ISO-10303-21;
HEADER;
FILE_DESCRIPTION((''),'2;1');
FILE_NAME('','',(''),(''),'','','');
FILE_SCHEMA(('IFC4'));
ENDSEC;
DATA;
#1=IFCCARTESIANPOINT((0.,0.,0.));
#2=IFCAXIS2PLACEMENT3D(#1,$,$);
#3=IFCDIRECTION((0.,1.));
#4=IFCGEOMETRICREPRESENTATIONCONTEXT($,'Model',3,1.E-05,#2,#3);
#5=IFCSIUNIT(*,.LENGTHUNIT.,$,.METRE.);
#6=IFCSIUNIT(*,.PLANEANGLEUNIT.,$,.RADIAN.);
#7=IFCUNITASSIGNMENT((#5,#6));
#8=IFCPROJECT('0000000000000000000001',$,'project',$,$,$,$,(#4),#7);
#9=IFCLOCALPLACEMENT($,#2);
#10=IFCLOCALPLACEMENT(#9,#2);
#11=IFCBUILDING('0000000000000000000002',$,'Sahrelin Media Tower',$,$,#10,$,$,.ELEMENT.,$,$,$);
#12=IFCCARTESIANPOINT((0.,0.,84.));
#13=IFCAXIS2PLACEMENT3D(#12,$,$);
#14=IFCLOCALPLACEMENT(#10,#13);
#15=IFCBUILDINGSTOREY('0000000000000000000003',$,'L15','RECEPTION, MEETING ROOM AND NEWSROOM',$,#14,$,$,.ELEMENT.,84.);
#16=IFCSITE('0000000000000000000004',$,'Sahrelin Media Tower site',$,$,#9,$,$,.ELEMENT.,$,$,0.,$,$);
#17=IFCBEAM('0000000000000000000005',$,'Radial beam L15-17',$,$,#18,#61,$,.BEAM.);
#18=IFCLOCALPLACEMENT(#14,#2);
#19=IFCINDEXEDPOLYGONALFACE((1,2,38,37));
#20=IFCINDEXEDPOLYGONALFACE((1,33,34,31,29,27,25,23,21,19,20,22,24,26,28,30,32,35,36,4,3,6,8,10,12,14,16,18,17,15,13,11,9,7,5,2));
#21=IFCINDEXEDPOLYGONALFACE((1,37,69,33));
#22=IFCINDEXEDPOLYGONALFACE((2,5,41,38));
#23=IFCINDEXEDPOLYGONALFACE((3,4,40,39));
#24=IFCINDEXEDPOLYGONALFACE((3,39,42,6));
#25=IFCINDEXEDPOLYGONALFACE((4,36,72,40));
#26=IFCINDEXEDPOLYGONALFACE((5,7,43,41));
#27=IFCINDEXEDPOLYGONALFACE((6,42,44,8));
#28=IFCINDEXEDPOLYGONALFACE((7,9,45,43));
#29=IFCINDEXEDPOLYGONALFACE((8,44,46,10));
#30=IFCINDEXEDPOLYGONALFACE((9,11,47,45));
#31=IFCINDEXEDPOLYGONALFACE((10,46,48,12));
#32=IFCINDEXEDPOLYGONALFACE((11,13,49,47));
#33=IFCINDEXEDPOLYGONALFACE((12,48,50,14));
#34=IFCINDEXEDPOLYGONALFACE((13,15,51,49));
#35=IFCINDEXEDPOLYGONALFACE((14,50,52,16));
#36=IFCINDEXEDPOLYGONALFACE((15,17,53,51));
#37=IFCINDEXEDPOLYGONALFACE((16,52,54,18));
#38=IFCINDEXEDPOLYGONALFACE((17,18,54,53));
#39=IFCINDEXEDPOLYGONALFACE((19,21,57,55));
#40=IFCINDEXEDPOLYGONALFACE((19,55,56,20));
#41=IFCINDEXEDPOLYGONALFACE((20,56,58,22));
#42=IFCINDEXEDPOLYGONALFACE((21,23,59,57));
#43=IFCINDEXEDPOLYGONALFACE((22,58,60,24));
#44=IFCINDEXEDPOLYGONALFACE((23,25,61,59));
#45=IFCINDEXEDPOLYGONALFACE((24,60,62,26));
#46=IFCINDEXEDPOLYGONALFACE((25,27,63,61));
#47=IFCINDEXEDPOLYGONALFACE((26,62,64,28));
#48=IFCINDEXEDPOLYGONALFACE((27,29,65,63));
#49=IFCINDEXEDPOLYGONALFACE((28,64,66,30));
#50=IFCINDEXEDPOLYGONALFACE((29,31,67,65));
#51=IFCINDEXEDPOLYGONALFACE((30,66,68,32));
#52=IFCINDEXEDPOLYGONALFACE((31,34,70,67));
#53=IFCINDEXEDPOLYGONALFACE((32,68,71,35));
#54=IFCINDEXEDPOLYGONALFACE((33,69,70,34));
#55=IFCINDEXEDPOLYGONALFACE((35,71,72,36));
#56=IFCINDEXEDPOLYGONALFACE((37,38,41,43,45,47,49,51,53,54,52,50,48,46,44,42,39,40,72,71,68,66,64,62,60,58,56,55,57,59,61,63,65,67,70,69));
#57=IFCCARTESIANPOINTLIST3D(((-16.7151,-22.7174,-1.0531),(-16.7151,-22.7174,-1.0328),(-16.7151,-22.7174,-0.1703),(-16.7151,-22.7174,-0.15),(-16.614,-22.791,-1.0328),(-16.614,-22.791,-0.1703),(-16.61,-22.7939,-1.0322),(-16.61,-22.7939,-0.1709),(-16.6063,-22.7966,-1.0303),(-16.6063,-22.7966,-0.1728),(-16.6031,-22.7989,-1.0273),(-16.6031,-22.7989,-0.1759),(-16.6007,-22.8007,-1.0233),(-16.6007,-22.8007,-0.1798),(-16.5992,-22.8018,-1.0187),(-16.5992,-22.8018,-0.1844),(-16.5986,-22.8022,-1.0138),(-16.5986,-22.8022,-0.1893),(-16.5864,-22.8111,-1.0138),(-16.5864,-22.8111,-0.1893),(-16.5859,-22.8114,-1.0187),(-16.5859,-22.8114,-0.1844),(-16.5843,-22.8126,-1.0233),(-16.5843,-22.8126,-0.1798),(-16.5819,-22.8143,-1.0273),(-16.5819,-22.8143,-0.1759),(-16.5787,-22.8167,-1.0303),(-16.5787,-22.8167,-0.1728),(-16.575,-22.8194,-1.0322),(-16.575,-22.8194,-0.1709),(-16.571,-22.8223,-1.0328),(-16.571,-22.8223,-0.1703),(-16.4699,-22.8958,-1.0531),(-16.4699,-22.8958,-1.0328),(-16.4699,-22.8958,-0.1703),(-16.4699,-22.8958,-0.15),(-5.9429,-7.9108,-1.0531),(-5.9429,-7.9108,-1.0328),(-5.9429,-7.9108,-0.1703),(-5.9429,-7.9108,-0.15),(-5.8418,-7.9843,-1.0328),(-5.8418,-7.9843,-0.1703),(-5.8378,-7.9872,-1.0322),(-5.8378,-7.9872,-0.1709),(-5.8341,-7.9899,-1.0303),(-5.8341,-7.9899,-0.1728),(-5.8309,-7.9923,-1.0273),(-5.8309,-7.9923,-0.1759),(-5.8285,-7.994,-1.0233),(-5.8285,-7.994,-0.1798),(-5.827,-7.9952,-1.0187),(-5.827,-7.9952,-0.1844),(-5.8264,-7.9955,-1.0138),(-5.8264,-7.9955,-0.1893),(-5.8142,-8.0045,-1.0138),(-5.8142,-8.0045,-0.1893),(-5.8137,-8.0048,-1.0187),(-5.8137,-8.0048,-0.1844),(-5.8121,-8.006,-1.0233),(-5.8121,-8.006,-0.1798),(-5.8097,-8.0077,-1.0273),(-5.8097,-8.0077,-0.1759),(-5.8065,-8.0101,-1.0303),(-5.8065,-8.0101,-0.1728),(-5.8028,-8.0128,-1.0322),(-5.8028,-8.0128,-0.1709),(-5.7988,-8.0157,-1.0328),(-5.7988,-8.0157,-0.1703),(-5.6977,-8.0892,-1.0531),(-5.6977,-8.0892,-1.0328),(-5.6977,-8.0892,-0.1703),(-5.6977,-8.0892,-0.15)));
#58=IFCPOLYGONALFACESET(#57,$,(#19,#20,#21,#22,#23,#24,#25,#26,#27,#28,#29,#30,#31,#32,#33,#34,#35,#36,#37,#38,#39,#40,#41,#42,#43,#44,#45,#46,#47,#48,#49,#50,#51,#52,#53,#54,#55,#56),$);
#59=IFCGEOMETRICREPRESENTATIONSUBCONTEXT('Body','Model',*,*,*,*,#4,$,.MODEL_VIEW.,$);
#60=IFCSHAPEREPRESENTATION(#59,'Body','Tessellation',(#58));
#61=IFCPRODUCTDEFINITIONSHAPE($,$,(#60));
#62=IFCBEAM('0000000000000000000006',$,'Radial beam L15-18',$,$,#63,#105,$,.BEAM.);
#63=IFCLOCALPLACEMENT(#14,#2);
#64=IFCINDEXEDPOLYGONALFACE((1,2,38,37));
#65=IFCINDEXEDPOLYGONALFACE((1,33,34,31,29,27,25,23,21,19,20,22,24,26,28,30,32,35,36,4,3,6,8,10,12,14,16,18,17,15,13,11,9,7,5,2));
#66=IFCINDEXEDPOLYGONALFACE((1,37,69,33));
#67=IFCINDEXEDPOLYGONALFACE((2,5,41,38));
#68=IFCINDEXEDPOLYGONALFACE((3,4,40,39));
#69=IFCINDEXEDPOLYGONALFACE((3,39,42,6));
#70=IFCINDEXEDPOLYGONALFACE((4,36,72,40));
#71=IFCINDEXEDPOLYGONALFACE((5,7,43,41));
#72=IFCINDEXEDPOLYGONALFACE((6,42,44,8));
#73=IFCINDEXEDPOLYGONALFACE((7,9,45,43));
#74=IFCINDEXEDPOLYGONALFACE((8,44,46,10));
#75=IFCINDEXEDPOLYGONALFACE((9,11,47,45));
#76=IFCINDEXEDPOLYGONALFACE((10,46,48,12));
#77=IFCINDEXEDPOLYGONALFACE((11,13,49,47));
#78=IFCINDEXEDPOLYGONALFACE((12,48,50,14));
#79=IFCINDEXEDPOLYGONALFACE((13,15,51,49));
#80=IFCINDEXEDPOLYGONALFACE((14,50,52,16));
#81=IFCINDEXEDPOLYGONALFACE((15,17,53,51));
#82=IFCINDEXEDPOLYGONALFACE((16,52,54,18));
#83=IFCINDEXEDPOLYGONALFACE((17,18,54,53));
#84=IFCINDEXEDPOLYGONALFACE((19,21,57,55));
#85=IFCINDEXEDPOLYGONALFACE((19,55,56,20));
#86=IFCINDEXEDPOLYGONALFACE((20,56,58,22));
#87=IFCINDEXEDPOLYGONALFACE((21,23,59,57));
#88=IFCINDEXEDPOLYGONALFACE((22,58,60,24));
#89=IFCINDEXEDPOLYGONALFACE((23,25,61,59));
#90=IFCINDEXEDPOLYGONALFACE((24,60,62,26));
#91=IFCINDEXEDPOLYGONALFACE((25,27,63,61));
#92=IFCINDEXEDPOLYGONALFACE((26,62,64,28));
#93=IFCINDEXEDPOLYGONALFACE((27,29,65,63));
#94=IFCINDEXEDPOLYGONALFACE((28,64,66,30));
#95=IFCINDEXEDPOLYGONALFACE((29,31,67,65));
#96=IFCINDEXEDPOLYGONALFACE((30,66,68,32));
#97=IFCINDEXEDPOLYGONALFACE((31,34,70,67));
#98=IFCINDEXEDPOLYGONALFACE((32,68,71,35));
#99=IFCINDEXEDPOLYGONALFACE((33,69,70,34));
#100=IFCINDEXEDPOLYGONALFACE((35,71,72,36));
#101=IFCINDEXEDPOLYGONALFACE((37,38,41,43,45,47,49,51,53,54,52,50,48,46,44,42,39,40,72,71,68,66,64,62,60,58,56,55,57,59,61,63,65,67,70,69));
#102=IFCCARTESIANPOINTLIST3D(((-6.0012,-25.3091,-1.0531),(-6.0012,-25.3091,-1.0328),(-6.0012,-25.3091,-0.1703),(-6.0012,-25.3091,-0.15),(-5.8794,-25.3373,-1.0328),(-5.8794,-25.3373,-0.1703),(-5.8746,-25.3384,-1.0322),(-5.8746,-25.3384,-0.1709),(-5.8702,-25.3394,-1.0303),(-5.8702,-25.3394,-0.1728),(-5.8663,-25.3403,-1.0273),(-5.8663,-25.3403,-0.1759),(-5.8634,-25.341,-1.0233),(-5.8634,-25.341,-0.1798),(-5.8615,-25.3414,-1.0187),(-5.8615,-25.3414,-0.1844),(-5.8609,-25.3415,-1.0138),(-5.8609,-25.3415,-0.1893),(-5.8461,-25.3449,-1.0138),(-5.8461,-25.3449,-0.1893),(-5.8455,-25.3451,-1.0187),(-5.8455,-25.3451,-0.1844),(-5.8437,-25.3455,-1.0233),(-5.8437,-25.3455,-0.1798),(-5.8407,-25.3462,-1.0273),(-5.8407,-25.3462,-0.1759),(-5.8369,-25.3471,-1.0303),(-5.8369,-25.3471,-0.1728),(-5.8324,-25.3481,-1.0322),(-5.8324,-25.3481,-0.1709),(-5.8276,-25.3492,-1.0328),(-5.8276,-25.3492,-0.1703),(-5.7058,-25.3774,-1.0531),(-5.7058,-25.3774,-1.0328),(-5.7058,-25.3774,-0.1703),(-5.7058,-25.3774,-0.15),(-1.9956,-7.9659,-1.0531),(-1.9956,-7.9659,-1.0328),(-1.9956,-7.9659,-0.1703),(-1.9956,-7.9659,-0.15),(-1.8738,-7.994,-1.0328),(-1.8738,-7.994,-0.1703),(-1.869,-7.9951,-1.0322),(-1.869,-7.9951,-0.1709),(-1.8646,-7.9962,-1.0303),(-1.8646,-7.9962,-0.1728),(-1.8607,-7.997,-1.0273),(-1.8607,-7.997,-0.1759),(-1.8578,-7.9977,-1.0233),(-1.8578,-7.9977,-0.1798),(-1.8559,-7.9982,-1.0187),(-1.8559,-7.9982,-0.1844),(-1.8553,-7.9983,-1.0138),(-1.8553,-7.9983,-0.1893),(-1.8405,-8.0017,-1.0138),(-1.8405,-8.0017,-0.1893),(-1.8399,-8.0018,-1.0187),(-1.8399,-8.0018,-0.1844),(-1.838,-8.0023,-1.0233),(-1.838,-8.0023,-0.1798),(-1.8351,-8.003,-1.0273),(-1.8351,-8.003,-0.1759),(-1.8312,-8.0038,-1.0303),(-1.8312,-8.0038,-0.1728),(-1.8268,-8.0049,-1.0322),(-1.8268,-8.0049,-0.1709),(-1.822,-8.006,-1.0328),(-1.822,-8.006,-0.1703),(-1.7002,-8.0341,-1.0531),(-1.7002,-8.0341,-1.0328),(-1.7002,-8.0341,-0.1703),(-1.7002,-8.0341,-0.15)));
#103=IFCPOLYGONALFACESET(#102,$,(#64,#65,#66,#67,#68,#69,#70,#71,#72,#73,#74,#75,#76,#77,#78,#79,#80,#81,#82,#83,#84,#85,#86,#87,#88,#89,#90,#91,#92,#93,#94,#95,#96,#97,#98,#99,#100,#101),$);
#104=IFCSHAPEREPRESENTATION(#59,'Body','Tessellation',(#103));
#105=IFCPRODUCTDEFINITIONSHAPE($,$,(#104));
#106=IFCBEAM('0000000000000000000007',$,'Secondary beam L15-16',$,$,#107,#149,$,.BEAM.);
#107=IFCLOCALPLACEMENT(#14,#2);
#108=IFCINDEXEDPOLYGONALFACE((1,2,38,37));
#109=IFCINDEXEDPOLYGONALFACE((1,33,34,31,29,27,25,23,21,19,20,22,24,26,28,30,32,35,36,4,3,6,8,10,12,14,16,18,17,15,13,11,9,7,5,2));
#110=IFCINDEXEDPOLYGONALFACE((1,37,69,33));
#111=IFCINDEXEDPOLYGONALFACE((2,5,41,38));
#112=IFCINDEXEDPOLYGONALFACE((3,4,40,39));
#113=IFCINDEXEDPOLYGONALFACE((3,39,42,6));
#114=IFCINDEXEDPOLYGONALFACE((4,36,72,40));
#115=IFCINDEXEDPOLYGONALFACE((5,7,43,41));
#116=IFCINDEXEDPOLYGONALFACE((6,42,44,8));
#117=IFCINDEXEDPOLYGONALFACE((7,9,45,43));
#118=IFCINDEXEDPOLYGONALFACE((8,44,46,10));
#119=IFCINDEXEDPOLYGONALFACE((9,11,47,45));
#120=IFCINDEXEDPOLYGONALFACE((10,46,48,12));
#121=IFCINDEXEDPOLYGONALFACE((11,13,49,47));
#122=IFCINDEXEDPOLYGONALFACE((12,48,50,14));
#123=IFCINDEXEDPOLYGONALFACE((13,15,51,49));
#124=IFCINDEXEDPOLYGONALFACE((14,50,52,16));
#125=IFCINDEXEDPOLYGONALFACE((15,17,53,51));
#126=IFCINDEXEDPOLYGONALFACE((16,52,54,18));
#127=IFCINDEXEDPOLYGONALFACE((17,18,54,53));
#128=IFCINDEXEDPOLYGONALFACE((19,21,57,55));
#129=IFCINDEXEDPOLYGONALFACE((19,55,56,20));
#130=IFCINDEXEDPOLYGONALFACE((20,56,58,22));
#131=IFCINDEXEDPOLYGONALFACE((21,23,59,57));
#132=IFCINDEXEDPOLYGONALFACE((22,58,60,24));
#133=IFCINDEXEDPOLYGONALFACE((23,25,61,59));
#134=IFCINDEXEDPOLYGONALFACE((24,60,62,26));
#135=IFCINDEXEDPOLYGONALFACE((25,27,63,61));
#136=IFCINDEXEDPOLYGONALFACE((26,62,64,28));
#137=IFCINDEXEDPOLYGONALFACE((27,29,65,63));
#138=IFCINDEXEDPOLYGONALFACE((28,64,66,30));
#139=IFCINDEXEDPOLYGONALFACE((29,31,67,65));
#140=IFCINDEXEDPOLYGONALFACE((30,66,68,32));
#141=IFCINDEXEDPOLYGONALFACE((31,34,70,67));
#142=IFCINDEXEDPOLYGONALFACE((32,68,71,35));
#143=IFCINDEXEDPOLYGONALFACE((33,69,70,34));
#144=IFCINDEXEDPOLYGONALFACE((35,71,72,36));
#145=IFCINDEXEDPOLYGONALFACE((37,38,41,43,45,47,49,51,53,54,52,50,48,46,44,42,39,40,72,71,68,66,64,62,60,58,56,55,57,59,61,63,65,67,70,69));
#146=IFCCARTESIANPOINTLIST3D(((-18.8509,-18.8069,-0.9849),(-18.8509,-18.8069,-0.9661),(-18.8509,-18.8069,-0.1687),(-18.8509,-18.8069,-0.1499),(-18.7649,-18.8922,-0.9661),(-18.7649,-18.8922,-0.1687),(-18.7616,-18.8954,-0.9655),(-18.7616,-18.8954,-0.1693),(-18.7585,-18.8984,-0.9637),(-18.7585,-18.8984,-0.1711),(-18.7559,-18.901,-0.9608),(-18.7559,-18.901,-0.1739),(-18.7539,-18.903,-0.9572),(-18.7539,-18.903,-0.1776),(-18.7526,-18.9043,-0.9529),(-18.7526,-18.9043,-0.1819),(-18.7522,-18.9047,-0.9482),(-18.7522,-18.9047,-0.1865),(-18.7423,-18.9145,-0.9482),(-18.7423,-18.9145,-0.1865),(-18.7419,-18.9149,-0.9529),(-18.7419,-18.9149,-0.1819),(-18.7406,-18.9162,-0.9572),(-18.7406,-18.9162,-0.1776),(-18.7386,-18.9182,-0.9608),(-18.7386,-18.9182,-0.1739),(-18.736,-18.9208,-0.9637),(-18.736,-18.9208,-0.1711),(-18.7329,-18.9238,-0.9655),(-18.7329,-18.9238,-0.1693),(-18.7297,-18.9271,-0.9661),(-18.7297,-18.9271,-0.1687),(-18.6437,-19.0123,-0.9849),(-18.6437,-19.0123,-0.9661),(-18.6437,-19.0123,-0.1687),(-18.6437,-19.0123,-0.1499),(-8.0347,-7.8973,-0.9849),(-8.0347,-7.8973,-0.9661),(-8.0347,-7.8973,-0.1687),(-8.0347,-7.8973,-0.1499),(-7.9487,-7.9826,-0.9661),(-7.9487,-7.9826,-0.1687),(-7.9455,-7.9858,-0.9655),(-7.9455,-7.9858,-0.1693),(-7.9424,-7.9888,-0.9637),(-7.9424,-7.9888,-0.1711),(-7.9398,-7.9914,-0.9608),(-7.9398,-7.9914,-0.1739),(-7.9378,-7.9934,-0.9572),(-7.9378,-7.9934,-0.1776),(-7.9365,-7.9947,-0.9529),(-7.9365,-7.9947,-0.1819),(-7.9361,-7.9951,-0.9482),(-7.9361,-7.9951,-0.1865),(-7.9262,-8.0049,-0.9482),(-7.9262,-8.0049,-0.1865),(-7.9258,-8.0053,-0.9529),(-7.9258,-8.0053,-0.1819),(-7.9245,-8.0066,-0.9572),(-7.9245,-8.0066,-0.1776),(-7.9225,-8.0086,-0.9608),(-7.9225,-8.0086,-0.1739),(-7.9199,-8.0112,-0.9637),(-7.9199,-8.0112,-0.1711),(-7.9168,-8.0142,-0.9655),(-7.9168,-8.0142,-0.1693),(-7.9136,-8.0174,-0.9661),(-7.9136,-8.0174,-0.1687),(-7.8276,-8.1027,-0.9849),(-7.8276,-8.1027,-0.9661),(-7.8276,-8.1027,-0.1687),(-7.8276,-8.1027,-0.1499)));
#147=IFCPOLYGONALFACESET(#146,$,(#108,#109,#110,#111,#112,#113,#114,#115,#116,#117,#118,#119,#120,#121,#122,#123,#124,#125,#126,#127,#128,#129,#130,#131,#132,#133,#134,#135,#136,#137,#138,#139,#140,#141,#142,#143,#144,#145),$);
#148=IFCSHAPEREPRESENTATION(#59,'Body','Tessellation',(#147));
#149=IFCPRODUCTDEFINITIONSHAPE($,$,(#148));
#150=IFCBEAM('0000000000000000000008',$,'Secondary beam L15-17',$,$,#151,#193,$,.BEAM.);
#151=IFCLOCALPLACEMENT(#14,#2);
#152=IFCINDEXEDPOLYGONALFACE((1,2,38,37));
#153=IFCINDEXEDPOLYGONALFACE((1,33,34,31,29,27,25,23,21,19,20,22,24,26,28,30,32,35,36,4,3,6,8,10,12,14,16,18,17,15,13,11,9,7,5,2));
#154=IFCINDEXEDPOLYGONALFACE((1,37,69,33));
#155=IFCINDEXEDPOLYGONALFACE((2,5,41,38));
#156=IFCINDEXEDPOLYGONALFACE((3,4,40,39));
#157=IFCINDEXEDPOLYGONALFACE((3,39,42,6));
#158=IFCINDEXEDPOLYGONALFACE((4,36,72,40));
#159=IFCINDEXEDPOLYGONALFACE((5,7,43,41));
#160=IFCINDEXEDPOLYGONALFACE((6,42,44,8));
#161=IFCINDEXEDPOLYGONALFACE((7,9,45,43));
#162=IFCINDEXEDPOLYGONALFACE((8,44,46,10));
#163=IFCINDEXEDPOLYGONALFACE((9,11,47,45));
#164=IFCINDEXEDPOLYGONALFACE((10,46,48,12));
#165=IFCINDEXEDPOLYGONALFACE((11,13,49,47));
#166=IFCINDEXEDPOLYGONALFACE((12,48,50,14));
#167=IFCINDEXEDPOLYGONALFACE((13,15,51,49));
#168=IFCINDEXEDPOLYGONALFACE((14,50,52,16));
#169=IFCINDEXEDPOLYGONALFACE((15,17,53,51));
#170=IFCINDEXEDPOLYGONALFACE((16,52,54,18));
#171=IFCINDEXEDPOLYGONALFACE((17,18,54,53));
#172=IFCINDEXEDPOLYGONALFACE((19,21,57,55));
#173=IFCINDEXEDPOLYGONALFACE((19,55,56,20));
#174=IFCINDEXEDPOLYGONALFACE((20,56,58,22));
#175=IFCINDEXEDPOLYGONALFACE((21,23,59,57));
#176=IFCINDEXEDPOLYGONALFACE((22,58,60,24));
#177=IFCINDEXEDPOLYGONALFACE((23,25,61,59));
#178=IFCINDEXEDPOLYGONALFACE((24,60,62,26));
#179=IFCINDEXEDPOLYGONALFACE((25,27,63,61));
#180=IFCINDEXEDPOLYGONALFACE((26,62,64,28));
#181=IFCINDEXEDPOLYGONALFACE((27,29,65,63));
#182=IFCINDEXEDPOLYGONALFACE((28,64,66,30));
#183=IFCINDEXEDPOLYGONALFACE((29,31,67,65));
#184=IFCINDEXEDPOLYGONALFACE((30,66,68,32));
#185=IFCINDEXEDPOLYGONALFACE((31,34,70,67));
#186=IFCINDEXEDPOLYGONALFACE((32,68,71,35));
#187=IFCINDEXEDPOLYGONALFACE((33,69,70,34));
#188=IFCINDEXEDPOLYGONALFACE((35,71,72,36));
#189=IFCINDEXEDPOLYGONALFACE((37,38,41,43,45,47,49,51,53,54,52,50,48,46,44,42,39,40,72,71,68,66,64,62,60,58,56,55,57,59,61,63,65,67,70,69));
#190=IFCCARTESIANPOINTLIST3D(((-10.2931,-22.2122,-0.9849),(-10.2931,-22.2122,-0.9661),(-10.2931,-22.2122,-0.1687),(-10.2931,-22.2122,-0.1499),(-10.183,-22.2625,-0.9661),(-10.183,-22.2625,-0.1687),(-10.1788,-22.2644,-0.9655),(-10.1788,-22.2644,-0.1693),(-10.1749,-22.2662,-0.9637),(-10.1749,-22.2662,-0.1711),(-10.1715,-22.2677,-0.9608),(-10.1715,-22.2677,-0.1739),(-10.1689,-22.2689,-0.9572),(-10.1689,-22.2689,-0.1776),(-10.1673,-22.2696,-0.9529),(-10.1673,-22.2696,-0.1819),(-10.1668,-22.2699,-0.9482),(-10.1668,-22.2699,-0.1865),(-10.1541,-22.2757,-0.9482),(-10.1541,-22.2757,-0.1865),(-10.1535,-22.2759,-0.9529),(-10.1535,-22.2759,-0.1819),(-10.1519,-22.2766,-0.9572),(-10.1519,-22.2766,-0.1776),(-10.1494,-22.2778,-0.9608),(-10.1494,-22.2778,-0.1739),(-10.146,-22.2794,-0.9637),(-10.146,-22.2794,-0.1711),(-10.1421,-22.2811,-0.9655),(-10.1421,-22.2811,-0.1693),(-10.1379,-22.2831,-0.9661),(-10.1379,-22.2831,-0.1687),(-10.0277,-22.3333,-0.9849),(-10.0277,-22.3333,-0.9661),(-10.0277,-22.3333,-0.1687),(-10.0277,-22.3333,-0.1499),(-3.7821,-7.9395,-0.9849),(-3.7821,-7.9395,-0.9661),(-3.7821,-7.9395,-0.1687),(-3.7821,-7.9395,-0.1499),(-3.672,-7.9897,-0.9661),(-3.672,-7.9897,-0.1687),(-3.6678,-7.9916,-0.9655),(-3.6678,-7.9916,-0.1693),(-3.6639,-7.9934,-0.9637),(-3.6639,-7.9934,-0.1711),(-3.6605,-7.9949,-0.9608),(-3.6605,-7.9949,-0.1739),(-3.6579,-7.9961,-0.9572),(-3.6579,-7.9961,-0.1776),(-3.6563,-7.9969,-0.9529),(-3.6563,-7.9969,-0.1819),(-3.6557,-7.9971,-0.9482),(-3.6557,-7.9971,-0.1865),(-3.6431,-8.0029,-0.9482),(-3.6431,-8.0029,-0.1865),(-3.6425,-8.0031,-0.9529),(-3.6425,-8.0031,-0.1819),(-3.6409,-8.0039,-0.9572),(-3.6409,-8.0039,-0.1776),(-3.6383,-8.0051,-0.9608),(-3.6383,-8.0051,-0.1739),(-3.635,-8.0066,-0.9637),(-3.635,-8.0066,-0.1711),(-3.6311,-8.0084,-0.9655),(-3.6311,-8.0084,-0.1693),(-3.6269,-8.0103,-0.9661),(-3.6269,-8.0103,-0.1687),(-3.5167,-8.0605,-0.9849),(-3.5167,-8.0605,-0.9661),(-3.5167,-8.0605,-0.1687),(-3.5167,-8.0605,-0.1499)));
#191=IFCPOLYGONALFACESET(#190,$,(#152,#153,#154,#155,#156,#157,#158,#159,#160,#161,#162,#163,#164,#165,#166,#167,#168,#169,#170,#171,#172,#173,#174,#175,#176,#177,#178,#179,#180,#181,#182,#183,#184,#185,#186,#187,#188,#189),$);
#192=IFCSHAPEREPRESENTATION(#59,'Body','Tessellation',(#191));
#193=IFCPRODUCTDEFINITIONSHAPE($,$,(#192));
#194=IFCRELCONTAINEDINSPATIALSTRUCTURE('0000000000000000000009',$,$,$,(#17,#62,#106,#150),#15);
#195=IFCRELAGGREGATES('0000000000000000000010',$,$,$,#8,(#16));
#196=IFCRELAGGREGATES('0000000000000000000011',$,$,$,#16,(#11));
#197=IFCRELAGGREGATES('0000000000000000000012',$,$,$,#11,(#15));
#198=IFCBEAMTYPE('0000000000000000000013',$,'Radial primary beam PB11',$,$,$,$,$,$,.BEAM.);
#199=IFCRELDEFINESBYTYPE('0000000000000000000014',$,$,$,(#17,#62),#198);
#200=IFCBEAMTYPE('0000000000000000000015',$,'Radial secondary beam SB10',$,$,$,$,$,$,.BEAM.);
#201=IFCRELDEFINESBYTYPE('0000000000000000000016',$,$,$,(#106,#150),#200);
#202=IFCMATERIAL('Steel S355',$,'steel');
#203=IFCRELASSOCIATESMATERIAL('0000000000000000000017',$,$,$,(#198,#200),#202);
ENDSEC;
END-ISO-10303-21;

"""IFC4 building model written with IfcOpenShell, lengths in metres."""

from ifc_helpers import new_model, si_unit, direction, frame, origin, origin_2d, place, context, subcontext, project, spatial, i_section, extrude, material, material_profile, profile_set, type_object, element, save


model = new_model("IFC4")

# Units and contexts
model_context = context("Model", 3, precision=1e-05, world=origin(), true_north=direction((0.0, 1.0)))
body_context = subcontext(model_context, "Body", "Model", "MODEL_VIEW")
ifc_project = project(units=[si_unit("LENGTHUNIT", "METRE"), si_unit("PLANEANGLEUNIT", "RADIAN")], contexts=[model_context])

# Site, building, storey
site_placement = place(None, origin())
site = spatial("IfcSite", under=ifc_project, at=site_placement, Name="Sahrelin Media Tower site", CompositionType="ELEMENT", RefElevation=0.0)
building_placement = place(site_placement, origin())
building = spatial("IfcBuilding", under=site, at=building_placement, Name="Sahrelin Media Tower", CompositionType="ELEMENT")
storey_placement = place(building_placement, frame((0.0, 0.0, 84.0)))
storey = spatial("IfcBuildingStorey", under=building, at=storey_placement, Name="L15", Description="RECEPTION, MEETING ROOM AND NEWSROOM", CompositionType="ELEMENT", Elevation=84.0)

# Beams
ifc_material_1 = material(Name="Steel S355", Category="steel")
ifc_material_profile_1 = material_profile(ifc_material_1, i_section(OverallWidth=0.3032, OverallDepth=0.9031, WebThickness=0.0151, FlangeThickness=0.0203, FilletRadius=0.019, at=origin_2d()), Name="UB 914x305x201")
ifc_profile_set_1 = profile_set([ifc_material_profile_1], Name="Steel S355")
beam_type_1 = type_object("IfcBeamType", Name="Radial primary beam PB11", PredefinedType="BEAM", material=ifc_profile_set_1)
beam_1_placement = place(storey_placement, frame((-5.8203, -8.0, -0.6016), z_axis=(-0.588306, -0.808639, 0.0), x_axis=(0.808639, -0.588306, 0.0)))
element("IfcBeam", 1, at=beam_1_placement, inside=storey, type_object=beam_type_1, Name="Radial beam L15-17", PredefinedType="BEAM", context=body_context, shape_type="SweptSolid", body=[
    extrude(i_section(OverallWidth=0.3032, OverallDepth=0.9031, WebThickness=0.0151, FlangeThickness=0.0203, FilletRadius=0.019, at=origin_2d()), origin(), (0.0, 0.0, 1.0), 18.3105),
])
beam_2_placement = place(storey_placement, frame((-1.8479, -8.0, -0.6016), z_axis=(-0.225037, -0.97435, 0.0), x_axis=(0.97435, -0.225037, 0.0)))
element("IfcBeam", 2, at=beam_2_placement, inside=storey, type_object=beam_type_1, Name="Radial beam L15-18", PredefinedType="BEAM", context=body_context, shape_type="SweptSolid", body=[
    extrude(i_section(OverallWidth=0.3032, OverallDepth=0.9031, WebThickness=0.0151, FlangeThickness=0.0203, FilletRadius=0.019, at=origin_2d()), origin(), (0.0, 0.0, 1.0), 17.7998),
])
ifc_material_profile_2 = material_profile(ifc_material_1, i_section(OverallWidth=0.2917, OverallDepth=0.835, WebThickness=0.0139, FlangeThickness=0.0188, FilletRadius=0.0178, at=origin_2d()), Name="UB 838x292x176")
ifc_profile_set_2 = profile_set([ifc_material_profile_2], Name="Steel S355")
beam_type_2 = type_object("IfcBeamType", Name="Radial secondary beam SB10", PredefinedType="BEAM", material=ifc_profile_set_2)
beam_3_placement = place(storey_placement, frame((-7.9312, -8.0, -0.5674), z_axis=(-0.704057, -0.710144, 0.0), x_axis=(0.710144, -0.704057, 0.0)))
element("IfcBeam", 3, at=beam_3_placement, inside=storey, type_object=beam_type_2, Name="Secondary beam L15-16", PredefinedType="BEAM", context=body_context, shape_type="SweptSolid", body=[
    extrude(i_section(OverallWidth=0.2917, OverallDepth=0.835, WebThickness=0.0139, FlangeThickness=0.0188, FilletRadius=0.0178, at=origin_2d()), origin(), (0.0, 0.0, 1.0), 15.3625),
])
beam_4_placement = place(storey_placement, frame((-3.6494, -8.0, -0.5674), z_axis=(-0.415038, -0.909804, 0.0), x_axis=(0.909804, -0.415038, 0.0)))
element("IfcBeam", 4, at=beam_4_placement, inside=storey, type_object=beam_type_2, Name="Secondary beam L15-17", PredefinedType="BEAM", context=body_context, shape_type="SweptSolid", body=[
    extrude(i_section(OverallWidth=0.2917, OverallDepth=0.835, WebThickness=0.0139, FlangeThickness=0.0188, FilletRadius=0.0178, at=origin_2d()), origin(), (0.0, 0.0, 1.0), 15.6877),
])

save(model, "model.ifc")
